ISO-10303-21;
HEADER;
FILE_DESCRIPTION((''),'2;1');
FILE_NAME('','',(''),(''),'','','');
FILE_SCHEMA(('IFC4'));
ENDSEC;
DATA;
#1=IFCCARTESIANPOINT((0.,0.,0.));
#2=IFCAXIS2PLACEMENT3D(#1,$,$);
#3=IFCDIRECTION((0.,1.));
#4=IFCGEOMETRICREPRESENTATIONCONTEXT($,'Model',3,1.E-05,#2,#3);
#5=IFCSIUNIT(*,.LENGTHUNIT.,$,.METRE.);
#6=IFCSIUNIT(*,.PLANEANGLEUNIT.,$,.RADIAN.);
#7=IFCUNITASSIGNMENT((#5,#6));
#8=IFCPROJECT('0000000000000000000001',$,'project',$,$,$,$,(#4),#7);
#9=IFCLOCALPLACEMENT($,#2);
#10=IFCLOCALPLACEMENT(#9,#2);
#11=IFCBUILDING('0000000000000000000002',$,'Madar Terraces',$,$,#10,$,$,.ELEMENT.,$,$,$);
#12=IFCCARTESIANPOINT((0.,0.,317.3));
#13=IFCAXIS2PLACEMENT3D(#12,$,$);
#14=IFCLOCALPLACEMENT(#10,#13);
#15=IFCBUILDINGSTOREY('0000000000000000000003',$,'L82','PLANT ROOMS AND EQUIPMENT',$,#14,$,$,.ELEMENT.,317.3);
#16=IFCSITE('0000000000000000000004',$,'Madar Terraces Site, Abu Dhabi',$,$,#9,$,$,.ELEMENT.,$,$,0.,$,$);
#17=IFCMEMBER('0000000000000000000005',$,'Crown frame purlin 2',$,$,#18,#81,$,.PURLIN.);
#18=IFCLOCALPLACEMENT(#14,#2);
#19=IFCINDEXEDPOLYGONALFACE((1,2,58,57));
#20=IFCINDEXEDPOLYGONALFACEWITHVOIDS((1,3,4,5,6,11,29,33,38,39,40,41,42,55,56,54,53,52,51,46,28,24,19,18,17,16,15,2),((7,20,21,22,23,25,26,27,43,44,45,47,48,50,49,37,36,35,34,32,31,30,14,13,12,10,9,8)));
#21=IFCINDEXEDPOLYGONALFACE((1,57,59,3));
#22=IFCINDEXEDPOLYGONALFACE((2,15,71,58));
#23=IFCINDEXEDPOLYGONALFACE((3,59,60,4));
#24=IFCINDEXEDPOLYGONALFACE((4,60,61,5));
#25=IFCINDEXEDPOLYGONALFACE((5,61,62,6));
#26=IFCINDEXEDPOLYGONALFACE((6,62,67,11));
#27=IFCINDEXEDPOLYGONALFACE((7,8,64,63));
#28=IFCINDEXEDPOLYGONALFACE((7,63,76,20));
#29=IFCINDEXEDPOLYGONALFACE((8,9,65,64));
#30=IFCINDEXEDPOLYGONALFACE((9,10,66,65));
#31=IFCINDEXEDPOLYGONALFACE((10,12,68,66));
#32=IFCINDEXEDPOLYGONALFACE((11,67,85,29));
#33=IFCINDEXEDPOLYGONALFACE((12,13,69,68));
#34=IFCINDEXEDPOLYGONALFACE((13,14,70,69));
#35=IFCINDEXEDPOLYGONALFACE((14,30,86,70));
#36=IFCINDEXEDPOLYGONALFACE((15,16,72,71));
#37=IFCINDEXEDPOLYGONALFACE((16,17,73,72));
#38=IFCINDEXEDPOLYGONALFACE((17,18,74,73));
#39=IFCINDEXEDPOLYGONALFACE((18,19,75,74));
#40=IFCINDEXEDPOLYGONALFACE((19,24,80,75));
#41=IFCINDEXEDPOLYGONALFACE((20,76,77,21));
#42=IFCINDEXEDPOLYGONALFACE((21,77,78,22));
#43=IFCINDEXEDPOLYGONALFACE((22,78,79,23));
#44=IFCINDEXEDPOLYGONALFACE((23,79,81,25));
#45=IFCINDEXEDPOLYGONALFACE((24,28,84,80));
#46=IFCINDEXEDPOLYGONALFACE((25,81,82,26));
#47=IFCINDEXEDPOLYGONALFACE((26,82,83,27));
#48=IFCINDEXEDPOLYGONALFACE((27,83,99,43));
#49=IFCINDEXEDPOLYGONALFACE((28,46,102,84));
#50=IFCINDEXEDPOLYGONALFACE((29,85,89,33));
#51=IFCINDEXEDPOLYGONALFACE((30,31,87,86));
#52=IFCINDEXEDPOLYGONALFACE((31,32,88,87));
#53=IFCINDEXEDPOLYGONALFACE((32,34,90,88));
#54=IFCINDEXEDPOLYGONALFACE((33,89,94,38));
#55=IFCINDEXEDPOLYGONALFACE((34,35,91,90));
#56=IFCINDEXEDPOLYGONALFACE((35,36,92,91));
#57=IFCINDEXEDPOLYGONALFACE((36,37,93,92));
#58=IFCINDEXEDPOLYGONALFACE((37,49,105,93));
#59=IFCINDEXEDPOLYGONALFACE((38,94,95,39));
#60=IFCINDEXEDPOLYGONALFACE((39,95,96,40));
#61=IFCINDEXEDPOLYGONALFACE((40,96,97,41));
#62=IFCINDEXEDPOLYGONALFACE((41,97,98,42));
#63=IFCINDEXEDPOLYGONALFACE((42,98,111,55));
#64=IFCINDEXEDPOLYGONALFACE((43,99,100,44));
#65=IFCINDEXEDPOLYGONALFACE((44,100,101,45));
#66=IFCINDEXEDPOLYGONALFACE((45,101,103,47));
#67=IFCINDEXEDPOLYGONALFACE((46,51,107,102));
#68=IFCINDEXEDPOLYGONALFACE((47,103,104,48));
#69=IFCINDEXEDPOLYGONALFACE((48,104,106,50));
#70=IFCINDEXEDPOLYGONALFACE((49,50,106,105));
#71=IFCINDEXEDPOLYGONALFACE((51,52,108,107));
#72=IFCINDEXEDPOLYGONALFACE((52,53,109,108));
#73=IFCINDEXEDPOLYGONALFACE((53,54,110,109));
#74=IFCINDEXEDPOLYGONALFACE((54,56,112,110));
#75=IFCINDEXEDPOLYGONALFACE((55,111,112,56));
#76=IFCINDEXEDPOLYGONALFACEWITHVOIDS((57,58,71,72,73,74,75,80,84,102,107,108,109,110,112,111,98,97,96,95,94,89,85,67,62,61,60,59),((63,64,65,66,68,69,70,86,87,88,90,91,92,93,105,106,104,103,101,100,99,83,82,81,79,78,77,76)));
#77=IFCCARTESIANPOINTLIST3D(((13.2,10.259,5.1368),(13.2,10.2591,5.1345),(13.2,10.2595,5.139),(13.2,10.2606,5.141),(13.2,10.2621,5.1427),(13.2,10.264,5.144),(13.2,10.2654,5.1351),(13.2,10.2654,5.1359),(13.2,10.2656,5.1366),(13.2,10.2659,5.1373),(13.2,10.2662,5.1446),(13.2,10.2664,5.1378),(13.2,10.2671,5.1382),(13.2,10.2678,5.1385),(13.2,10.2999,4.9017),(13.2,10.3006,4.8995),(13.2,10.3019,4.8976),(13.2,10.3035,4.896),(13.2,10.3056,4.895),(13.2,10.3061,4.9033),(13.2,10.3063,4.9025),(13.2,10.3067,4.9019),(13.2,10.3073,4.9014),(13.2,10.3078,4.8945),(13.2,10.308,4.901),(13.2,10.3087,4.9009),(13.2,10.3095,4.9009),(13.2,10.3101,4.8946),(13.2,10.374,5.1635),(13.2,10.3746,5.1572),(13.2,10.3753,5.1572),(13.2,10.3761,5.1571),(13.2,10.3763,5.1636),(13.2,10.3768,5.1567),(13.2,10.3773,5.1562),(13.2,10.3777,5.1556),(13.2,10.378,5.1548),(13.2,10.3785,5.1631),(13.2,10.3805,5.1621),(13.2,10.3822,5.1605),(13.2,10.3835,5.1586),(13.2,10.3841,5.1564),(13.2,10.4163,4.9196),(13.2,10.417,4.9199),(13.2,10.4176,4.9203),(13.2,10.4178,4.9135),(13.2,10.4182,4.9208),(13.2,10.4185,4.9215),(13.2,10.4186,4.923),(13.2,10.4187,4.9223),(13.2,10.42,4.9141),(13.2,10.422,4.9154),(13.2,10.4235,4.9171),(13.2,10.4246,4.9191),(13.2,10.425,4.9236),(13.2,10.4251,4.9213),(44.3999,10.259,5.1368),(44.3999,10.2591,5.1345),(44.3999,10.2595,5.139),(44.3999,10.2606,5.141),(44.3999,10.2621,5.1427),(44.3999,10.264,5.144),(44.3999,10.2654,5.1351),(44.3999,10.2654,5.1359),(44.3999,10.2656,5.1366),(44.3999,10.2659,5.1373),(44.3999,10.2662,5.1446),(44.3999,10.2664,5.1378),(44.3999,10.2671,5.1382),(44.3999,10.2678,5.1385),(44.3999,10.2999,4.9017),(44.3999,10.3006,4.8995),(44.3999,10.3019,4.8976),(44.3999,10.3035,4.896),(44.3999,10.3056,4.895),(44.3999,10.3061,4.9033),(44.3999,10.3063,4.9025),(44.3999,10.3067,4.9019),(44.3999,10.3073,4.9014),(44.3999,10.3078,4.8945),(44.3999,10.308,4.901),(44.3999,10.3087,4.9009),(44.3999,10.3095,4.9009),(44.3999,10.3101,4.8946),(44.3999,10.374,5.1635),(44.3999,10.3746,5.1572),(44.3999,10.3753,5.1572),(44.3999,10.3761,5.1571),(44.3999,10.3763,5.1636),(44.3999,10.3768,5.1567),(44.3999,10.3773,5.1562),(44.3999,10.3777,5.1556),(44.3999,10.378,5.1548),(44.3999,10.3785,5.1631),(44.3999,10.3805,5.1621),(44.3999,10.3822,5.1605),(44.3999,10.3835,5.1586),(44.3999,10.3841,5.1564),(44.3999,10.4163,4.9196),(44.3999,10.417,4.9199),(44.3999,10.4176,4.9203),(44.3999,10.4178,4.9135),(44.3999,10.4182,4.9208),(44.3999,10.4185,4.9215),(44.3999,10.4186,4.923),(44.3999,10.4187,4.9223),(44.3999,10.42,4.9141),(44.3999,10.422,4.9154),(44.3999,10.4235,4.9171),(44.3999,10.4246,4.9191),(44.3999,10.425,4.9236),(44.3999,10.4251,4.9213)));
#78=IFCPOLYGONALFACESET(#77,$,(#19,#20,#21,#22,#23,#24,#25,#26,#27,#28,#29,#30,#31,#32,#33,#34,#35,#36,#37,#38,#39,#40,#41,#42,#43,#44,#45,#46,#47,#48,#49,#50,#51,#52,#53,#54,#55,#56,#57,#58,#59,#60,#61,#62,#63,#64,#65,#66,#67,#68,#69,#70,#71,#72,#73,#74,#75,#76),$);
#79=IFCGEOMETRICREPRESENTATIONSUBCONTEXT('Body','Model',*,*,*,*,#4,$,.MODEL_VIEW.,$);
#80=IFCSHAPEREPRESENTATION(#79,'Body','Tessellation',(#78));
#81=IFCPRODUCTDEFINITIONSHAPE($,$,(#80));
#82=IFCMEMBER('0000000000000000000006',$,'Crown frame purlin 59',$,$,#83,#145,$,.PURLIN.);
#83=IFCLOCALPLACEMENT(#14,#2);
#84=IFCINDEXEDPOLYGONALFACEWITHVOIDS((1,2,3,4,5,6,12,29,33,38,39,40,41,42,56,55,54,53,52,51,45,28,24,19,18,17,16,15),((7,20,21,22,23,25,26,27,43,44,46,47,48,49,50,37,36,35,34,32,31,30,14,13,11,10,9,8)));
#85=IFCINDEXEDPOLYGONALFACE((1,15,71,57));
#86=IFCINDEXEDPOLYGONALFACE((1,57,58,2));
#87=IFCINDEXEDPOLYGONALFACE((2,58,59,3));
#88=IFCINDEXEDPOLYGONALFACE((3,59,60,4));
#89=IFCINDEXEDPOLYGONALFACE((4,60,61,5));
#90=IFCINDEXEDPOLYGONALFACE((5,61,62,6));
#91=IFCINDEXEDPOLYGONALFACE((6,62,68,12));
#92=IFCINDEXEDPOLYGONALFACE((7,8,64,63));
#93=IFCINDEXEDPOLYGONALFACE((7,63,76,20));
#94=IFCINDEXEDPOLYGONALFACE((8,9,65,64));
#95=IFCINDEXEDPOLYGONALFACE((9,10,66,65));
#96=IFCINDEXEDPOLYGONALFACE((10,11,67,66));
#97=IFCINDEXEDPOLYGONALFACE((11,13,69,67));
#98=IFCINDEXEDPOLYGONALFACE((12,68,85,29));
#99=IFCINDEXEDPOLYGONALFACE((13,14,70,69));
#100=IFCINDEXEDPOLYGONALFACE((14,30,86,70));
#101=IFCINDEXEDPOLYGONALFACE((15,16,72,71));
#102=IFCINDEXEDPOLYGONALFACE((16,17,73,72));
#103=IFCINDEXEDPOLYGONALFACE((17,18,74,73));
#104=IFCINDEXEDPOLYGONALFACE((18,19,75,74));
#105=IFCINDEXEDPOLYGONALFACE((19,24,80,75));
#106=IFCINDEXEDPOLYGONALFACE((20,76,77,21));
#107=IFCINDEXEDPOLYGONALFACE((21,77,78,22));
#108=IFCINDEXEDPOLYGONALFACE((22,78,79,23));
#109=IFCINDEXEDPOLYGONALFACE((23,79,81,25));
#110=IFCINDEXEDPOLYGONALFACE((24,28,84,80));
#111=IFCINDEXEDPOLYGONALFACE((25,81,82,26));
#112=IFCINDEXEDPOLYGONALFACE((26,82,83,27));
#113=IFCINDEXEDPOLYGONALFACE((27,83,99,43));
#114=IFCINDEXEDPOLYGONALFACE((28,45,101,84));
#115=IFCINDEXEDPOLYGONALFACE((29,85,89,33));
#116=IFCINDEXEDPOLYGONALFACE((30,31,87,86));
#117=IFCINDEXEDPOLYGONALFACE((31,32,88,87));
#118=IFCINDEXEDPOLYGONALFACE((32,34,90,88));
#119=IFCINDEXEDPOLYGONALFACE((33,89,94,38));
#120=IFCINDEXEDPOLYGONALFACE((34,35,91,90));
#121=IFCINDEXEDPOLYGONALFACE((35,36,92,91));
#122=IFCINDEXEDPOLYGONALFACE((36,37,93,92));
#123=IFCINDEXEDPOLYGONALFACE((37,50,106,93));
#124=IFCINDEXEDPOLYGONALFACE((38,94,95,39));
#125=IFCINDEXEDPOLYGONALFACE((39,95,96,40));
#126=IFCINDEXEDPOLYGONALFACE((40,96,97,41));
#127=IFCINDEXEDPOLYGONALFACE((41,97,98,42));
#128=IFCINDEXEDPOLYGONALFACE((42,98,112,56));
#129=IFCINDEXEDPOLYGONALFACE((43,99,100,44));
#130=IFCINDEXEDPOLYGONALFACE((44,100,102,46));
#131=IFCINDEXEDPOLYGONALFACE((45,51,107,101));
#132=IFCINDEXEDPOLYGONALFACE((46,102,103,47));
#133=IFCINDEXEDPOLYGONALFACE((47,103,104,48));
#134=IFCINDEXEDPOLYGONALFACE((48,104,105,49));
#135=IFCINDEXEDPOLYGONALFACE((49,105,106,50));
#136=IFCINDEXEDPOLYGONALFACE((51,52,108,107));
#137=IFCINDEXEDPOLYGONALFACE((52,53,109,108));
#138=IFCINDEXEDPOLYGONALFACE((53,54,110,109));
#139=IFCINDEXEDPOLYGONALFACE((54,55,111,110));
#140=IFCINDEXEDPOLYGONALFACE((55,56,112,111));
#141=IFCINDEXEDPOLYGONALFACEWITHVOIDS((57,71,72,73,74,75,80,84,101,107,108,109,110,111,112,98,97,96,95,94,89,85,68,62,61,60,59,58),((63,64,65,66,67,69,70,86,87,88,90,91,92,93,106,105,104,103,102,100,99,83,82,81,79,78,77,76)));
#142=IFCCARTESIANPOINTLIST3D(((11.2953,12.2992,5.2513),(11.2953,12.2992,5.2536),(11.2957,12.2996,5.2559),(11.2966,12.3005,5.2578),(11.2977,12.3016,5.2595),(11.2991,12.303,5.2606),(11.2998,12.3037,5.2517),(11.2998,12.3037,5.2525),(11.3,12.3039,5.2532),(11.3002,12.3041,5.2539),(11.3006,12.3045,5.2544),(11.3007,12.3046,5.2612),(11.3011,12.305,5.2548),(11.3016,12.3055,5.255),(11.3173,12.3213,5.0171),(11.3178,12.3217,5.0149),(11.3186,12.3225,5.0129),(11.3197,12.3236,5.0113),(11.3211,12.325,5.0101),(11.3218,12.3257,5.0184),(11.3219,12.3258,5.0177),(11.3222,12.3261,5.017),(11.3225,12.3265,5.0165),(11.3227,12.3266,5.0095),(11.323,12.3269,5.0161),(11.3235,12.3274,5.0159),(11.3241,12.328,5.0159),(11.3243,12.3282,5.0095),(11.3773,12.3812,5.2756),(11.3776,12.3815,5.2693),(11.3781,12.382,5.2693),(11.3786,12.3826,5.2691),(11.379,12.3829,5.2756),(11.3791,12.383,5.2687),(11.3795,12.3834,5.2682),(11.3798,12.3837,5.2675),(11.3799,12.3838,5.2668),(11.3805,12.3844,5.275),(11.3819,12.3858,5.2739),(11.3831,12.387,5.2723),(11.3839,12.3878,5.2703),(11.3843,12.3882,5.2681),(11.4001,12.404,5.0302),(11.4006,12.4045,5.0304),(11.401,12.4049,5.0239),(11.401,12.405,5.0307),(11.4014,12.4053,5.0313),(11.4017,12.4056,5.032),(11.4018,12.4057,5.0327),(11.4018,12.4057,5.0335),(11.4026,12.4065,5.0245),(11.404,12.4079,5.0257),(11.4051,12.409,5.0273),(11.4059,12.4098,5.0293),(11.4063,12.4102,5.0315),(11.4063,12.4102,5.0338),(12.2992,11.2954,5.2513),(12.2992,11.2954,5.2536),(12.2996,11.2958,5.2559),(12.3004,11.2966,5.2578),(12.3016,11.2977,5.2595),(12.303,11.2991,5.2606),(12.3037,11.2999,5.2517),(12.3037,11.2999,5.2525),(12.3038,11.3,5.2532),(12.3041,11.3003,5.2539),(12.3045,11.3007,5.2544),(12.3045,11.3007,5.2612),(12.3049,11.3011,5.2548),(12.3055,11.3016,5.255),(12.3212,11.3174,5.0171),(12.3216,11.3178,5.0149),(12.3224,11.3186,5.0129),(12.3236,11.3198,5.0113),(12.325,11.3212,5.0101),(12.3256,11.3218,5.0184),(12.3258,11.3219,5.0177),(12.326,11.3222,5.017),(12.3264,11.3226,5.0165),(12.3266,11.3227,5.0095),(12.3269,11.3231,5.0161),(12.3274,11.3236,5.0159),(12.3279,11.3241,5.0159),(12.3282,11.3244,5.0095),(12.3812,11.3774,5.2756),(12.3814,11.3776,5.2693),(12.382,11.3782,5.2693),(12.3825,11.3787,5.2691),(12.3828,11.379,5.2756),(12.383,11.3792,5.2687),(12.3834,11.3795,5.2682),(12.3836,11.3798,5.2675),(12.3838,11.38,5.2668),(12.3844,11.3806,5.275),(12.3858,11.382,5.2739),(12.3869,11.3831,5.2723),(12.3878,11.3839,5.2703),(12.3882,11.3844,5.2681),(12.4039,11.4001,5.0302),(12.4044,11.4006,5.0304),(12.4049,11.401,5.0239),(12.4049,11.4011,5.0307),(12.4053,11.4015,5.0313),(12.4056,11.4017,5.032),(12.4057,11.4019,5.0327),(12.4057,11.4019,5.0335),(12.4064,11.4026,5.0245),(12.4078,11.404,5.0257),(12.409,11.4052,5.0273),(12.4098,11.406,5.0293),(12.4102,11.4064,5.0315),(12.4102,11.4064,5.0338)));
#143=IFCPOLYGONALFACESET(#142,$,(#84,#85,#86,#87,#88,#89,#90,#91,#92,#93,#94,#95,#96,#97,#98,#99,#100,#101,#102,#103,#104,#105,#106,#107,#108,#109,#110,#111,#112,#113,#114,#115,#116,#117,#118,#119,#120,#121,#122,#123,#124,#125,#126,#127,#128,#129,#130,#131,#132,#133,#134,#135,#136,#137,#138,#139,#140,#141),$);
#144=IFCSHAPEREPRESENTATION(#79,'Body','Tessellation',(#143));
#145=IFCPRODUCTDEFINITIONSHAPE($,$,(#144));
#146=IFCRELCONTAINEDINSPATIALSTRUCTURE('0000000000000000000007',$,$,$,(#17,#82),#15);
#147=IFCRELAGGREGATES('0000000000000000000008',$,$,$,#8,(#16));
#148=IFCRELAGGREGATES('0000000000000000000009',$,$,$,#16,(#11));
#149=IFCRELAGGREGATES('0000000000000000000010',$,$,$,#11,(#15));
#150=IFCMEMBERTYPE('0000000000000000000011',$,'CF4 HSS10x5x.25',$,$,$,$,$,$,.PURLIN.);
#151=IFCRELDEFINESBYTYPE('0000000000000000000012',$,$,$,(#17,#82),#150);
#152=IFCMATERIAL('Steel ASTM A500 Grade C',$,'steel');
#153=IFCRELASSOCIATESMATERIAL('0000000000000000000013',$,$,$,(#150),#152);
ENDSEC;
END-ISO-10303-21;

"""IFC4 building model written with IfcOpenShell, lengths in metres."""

from ifc_helpers import new_model, si_unit, direction, frame, origin, origin_2d, place, context, subcontext, project, spatial, hollow_rectangle, extrude, material, material_profile, profile_set, type_object, element, save


model = new_model("IFC4")

# Units and contexts
model_context = context("Model", 3, precision=1e-05, world=origin(), true_north=direction((0.0, 1.0)))
body_context = subcontext(model_context, "Body", "Model", "MODEL_VIEW")
ifc_project = project(units=[si_unit("LENGTHUNIT", "METRE"), si_unit("PLANEANGLEUNIT", "RADIAN")], contexts=[model_context])

# Site, building, storey
site_placement = place(None, origin())
site = spatial("IfcSite", under=ifc_project, at=site_placement, Name="Madar Terraces Site, Abu Dhabi", CompositionType="ELEMENT", RefElevation=0.0)
building_placement = place(site_placement, origin())
building = spatial("IfcBuilding", under=site, at=building_placement, Name="Madar Terraces", CompositionType="ELEMENT")
storey_placement = place(building_placement, frame((0.0, 0.0, 317.3)))
storey = spatial("IfcBuildingStorey", under=building, at=storey_placement, Name="L82", Description="PLANT ROOMS AND EQUIPMENT", CompositionType="ELEMENT", Elevation=317.3)

# Members
ifc_material_1 = material(Name="Steel ASTM A500 Grade C", Category="steel")
ifc_material_profile_1 = material_profile(ifc_material_1, hollow_rectangle(XDim=0.127, YDim=0.2539, WallThickness=0.0063, InnerFilletRadius=0.0029, OuterFilletRadius=0.0088, at=origin_2d()), Name="HSS10x5x.25")
ifc_profile_set_1 = profile_set([ifc_material_profile_1], Name="Steel ASTM A500 Grade C")
member_type_1 = type_object("IfcMemberType", Name="CF4 HSS10x5x.25", PredefinedType="PURLIN", material=ifc_profile_set_1)
member_1_placement = place(storey_placement, frame((13.2, 10.342, 5.0291), z_axis=(1.0, 0.0, 0.0), x_axis=(0.0, 0.984957, 0.172799)))
element("IfcMember", 1, at=member_1_placement, inside=storey, type_object=member_type_1, Name="Crown frame purlin 2", PredefinedType="PURLIN", context=body_context, shape_type="SweptSolid", body=[
    extrude(hollow_rectangle(XDim=0.127, YDim=0.2539, WallThickness=0.0063, InnerFilletRadius=0.0029, OuterFilletRadius=0.0088, at=origin_2d()), origin(), (0.0, 0.0, 1.0), 31.2),
])
member_2_placement = place(storey_placement, frame((11.3508, 12.3547, 5.1426), z_axis=(0.707107, -0.707107, 0.0), x_axis=(0.700941, 0.700941, 0.131765)))
element("IfcMember", 2, at=member_2_placement, inside=storey, type_object=member_type_1, Name="Crown frame purlin 59", PredefinedType="PURLIN", context=body_context, shape_type="SweptSolid", body=[
    extrude(hollow_rectangle(XDim=0.127, YDim=0.2539, WallThickness=0.0063, InnerFilletRadius=0.0029, OuterFilletRadius=0.0088, at=origin_2d()), origin(), (0.0, 0.0, 1.0), 1.4197),
])

save(model, "model.ifc")
